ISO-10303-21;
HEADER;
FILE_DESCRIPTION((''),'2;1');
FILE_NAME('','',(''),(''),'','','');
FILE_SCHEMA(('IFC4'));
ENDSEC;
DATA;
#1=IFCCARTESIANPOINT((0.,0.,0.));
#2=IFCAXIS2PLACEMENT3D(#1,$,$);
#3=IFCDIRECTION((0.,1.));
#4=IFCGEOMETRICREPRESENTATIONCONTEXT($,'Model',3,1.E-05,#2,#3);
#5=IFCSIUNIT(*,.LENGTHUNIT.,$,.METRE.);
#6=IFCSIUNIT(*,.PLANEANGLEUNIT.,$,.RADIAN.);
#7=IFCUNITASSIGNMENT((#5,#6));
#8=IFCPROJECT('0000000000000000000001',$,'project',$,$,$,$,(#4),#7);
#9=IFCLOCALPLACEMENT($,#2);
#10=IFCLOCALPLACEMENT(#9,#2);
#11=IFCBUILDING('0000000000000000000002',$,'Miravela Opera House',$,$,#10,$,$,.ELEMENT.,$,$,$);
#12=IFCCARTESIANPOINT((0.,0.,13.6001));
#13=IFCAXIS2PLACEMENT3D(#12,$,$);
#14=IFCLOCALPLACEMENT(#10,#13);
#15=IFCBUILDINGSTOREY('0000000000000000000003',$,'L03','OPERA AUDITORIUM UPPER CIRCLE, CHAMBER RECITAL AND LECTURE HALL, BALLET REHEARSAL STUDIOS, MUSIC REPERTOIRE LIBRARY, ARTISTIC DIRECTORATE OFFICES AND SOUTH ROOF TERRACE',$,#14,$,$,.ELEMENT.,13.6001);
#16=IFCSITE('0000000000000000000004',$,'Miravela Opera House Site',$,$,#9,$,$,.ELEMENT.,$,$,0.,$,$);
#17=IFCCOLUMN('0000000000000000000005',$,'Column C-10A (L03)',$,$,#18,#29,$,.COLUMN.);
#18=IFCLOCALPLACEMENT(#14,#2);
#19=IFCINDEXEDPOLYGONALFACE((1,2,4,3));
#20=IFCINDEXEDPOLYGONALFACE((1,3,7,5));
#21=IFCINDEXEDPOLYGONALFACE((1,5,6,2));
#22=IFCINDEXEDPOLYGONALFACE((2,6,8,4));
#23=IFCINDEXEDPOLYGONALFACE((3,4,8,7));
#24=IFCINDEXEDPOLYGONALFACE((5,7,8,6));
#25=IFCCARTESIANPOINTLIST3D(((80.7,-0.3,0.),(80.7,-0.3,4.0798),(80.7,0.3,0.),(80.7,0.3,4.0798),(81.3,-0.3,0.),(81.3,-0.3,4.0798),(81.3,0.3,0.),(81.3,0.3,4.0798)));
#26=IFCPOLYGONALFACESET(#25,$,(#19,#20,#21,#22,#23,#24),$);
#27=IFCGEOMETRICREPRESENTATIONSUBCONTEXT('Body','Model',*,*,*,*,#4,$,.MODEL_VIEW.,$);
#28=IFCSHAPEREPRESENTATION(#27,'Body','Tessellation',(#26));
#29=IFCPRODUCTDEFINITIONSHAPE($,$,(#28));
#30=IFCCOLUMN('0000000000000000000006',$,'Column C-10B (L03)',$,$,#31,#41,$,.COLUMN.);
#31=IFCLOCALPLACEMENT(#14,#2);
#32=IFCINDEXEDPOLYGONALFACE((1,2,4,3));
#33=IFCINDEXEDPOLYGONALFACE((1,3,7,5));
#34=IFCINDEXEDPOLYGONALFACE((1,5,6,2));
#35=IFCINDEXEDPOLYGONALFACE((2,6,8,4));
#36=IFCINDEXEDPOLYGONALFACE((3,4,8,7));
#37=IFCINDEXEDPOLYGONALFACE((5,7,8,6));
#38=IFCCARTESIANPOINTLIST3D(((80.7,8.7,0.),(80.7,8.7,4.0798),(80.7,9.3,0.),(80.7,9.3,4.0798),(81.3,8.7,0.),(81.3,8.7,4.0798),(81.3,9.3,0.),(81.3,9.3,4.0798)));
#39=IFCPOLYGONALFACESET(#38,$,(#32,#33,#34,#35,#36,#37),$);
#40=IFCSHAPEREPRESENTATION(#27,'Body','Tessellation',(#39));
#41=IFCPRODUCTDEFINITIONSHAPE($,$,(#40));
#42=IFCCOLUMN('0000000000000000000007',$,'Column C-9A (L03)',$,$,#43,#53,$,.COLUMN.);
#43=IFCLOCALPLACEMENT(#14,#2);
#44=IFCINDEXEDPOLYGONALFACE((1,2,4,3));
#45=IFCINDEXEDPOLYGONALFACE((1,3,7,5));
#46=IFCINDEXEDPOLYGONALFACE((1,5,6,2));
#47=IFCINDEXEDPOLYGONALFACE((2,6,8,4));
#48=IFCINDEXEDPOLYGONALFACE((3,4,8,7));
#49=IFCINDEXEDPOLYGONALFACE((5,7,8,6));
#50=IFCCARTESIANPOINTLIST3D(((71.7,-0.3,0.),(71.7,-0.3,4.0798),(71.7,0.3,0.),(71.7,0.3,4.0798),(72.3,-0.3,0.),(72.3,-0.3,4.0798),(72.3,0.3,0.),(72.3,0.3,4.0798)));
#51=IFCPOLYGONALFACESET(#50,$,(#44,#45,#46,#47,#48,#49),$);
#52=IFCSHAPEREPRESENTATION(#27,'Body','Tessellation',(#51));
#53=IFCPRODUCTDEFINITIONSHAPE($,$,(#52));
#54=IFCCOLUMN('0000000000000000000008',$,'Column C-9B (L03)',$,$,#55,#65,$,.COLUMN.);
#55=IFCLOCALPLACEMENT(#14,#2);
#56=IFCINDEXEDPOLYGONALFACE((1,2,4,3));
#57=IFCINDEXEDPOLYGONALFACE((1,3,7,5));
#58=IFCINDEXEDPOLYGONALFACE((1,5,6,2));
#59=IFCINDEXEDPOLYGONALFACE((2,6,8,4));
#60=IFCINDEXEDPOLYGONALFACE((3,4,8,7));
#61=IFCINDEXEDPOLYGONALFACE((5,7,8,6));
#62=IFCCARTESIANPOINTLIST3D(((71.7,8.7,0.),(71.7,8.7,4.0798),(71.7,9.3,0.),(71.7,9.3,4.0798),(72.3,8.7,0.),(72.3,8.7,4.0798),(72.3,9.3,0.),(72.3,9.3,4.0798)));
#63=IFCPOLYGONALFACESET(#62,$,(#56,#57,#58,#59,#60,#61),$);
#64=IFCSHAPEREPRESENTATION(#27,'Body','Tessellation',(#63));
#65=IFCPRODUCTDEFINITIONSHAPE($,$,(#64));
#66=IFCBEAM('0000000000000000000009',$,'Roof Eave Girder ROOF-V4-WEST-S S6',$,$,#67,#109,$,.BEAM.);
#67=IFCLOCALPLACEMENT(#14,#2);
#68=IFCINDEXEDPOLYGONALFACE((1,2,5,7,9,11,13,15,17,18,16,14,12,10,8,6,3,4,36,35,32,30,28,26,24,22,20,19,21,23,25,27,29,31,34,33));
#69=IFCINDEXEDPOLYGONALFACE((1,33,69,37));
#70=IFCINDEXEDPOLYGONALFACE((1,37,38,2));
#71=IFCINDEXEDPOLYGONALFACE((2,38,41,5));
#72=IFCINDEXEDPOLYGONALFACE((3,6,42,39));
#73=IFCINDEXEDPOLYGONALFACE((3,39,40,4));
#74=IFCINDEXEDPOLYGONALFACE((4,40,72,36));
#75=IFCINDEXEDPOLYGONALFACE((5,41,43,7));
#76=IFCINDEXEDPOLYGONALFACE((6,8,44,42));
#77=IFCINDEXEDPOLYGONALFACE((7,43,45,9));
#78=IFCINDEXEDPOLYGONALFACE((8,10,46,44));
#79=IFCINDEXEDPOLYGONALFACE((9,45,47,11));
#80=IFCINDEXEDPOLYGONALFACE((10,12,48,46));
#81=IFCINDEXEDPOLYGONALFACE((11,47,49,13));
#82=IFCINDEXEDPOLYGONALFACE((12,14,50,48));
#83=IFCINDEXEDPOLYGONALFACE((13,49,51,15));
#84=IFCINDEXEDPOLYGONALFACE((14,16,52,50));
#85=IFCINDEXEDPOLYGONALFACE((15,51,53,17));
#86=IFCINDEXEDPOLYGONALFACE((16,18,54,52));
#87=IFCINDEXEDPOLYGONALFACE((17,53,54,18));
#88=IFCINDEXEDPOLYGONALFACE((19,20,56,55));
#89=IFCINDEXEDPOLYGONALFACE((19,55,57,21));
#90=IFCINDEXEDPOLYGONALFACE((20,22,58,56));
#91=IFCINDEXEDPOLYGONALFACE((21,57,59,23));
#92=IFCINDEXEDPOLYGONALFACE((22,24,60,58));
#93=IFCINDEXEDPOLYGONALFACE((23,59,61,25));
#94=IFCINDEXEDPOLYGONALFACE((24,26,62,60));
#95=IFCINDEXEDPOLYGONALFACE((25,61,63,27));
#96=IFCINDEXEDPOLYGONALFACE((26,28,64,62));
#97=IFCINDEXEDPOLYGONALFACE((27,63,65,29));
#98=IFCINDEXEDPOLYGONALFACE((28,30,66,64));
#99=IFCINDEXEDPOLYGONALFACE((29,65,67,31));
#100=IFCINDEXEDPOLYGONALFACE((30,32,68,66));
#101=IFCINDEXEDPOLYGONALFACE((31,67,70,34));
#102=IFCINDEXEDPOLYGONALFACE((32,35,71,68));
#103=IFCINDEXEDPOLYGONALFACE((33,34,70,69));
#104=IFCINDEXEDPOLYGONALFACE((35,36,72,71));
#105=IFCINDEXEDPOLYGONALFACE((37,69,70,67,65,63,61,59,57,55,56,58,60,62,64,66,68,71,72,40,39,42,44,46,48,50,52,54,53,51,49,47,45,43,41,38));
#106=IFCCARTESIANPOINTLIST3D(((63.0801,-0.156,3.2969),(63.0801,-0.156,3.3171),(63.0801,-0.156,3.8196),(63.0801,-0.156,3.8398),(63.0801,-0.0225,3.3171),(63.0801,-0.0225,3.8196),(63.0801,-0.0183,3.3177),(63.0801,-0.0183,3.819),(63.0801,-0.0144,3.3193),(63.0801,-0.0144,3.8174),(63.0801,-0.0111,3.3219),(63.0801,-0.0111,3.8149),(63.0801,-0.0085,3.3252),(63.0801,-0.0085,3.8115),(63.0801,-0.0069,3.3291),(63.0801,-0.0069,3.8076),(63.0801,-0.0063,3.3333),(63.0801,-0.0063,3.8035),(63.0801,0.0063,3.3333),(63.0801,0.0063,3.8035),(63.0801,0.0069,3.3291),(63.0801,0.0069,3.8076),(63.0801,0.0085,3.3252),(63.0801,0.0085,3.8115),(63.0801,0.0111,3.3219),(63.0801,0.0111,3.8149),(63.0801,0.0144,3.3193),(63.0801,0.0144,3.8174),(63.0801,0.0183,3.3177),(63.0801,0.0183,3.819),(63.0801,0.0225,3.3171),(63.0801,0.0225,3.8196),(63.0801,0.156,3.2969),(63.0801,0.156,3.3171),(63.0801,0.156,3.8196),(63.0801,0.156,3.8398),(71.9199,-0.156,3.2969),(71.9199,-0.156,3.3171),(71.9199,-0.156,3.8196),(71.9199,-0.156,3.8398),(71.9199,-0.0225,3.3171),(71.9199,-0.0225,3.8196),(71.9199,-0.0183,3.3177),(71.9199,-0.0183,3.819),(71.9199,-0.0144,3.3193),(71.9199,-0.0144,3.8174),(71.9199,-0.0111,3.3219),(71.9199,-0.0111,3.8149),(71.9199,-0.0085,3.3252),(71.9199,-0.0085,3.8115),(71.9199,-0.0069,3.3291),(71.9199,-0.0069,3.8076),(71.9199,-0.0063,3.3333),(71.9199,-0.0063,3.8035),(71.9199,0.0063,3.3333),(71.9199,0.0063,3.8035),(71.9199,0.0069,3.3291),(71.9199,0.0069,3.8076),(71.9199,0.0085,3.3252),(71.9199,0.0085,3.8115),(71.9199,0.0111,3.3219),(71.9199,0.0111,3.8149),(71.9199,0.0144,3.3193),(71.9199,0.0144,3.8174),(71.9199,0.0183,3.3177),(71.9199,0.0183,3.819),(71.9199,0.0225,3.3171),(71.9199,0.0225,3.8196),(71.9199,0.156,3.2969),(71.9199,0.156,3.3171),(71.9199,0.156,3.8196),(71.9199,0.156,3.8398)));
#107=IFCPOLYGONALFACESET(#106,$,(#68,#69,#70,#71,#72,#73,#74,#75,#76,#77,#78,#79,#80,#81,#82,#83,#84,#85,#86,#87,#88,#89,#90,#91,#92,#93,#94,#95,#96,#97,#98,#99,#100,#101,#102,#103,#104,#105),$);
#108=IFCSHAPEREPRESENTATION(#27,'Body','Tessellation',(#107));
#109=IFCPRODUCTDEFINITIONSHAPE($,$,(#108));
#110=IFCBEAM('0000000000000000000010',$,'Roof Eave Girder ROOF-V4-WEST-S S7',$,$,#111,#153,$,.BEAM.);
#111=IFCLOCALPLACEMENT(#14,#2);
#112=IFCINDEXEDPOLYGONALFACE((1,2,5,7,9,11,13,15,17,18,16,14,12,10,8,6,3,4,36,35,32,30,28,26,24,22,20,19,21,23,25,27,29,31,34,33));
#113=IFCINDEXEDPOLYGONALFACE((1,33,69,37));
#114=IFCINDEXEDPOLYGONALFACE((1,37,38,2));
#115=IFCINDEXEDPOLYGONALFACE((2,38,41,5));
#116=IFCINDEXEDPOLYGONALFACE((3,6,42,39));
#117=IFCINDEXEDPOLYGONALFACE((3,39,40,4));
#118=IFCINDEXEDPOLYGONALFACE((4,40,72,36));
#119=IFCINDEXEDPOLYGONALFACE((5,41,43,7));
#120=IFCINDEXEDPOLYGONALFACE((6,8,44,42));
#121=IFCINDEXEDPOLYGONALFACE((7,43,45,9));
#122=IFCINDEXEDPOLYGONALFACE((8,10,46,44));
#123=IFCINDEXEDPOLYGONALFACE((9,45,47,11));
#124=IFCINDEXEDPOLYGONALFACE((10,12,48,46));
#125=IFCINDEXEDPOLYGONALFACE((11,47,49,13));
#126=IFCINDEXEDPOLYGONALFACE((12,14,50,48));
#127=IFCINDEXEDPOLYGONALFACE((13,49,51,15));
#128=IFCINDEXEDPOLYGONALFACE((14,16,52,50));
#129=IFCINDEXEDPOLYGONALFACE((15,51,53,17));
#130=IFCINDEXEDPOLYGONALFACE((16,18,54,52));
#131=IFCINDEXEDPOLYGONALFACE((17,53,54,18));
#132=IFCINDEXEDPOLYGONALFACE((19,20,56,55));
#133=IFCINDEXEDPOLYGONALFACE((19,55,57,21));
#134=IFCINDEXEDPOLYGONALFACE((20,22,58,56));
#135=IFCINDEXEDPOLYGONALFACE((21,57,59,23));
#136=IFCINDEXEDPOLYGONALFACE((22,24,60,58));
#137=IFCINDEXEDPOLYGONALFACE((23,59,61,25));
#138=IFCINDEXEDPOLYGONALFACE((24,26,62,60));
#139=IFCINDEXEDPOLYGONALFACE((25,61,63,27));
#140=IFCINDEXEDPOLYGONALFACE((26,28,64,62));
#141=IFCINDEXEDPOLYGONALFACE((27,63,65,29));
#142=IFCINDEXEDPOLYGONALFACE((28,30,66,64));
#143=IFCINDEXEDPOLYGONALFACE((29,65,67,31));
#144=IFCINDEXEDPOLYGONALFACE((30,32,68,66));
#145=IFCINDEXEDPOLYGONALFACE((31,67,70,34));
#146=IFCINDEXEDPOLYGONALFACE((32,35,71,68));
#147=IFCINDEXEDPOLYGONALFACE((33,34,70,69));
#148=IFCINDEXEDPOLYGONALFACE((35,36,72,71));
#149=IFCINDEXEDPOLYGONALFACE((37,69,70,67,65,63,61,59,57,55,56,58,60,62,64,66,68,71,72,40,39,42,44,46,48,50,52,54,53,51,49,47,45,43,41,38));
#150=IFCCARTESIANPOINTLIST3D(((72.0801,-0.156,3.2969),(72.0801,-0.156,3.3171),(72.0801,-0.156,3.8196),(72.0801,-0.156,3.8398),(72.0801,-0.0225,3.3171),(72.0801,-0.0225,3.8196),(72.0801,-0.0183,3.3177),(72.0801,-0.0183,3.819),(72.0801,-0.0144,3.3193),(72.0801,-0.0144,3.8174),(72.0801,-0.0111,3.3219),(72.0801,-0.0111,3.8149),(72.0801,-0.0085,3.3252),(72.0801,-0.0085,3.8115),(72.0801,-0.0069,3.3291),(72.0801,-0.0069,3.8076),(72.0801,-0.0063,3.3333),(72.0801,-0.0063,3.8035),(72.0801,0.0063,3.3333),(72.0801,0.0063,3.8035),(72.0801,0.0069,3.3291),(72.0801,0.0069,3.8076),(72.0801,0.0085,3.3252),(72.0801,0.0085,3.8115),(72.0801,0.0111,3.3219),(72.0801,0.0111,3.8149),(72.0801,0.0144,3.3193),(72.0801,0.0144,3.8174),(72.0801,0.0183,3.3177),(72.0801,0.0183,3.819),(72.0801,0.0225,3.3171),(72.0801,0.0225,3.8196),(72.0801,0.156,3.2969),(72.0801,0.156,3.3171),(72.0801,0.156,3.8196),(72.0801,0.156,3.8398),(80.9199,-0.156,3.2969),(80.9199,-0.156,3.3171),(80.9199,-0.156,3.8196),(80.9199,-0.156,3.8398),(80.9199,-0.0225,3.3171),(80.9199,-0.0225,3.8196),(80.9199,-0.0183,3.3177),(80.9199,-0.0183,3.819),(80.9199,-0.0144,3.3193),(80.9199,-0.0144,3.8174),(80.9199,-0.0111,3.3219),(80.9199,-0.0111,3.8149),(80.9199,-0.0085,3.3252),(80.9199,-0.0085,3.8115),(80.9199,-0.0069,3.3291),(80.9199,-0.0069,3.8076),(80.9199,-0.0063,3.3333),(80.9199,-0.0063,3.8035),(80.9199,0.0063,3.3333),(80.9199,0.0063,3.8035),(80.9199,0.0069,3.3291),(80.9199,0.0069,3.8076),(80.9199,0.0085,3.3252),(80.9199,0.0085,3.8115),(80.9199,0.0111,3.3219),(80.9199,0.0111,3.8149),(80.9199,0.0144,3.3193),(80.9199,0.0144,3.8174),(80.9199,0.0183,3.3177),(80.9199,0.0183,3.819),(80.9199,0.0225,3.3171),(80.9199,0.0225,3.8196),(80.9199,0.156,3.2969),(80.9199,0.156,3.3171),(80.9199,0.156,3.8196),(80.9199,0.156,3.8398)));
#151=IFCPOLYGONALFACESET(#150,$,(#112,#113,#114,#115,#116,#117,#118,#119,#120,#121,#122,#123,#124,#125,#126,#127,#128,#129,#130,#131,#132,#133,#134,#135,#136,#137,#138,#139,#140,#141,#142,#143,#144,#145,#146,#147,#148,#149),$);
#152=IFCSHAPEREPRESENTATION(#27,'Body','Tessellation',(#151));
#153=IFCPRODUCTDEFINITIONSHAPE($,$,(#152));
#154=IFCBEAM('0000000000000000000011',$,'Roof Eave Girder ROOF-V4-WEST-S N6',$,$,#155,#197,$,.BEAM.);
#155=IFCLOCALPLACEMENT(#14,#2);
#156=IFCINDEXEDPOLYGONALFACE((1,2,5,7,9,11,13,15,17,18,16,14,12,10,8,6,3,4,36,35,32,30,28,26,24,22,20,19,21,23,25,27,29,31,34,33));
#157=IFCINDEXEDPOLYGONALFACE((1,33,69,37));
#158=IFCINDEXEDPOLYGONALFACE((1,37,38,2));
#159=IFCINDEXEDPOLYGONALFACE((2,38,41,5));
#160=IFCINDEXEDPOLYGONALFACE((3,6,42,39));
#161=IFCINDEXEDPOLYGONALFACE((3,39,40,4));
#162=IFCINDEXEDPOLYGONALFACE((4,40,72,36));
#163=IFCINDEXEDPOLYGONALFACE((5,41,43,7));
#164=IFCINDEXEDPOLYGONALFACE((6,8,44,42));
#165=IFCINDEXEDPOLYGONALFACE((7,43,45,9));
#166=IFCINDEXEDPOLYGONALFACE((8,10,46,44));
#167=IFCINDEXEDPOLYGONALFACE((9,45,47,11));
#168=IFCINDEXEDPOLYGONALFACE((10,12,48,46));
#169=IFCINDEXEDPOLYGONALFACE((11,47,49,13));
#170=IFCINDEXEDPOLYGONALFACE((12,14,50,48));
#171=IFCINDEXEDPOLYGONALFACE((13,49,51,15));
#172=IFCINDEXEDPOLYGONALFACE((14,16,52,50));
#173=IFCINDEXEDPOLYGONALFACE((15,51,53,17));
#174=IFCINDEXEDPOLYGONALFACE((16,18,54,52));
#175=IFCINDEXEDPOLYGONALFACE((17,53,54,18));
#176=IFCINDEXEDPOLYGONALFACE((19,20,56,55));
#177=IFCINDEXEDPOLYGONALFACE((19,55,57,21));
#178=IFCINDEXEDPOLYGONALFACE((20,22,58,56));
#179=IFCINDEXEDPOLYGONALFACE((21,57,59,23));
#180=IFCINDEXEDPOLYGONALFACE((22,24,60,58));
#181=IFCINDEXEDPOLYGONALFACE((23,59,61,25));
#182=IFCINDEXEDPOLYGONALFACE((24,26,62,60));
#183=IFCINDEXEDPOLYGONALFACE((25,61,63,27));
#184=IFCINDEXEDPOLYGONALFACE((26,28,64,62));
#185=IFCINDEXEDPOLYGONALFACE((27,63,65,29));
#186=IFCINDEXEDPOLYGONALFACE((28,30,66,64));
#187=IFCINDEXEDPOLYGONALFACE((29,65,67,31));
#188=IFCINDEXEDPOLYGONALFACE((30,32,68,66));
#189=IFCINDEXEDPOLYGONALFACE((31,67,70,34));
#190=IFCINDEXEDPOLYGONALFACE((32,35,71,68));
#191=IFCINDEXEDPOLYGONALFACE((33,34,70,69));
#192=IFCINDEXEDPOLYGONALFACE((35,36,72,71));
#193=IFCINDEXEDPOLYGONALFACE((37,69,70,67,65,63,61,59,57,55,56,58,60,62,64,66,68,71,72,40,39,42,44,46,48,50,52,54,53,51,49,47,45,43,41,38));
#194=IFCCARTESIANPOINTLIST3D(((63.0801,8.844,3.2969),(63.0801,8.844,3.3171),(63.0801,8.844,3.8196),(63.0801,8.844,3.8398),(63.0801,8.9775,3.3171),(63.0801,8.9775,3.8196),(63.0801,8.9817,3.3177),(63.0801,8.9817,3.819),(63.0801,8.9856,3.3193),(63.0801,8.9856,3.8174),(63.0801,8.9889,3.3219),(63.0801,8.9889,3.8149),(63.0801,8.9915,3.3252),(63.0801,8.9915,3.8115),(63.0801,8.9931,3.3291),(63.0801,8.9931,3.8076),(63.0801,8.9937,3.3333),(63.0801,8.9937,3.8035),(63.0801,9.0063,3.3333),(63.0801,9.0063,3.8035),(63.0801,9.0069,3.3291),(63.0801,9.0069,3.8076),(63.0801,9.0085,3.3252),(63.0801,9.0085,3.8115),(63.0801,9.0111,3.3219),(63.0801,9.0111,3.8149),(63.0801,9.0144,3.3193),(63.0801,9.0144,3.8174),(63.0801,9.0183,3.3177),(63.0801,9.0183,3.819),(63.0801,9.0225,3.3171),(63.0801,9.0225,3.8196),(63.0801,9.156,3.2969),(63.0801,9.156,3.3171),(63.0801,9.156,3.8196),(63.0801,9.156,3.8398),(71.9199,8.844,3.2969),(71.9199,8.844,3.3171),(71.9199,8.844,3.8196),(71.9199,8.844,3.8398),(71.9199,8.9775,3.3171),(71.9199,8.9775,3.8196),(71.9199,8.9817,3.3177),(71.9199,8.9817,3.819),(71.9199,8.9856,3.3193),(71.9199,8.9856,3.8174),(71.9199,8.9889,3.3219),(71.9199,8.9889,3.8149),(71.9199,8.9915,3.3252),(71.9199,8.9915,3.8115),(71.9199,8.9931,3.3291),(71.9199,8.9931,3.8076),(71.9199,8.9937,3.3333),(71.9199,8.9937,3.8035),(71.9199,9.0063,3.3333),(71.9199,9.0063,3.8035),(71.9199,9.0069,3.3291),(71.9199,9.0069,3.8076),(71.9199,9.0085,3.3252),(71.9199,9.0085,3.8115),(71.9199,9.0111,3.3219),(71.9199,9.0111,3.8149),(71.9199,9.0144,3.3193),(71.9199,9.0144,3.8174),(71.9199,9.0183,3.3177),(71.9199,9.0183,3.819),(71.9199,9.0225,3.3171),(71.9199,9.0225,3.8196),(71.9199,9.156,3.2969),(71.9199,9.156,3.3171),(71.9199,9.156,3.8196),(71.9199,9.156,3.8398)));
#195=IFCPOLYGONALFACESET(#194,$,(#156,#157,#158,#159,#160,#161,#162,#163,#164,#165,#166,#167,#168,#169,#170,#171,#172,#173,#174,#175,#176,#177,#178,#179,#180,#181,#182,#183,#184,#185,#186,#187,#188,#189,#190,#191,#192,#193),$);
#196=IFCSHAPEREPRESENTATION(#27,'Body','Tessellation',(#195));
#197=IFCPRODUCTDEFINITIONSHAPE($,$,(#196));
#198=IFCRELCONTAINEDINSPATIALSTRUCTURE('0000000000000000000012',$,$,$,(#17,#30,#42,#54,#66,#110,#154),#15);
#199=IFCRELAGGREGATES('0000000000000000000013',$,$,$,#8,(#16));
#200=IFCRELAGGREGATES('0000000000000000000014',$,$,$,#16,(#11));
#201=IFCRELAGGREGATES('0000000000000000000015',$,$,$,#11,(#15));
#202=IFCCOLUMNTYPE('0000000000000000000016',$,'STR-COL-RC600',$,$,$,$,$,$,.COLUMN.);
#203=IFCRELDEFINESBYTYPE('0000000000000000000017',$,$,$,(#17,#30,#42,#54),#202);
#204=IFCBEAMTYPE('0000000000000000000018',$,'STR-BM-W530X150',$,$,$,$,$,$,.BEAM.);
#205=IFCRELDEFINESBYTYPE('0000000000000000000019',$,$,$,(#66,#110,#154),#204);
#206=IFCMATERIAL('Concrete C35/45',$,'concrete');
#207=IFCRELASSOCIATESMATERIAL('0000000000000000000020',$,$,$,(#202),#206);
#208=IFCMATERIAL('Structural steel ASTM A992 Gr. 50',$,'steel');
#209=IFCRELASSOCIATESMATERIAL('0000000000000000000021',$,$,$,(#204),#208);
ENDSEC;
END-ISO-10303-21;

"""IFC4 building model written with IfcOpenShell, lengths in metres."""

from ifc_helpers import new_model, si_unit, direction, frame, origin, origin_2d, place, context, subcontext, project, spatial, rectangle, i_section, extrude, material, material_profile, profile_set, type_object, element, save


model = new_model("IFC4")

# Units and contexts
model_context = context("Model", 3, precision=1e-05, world=origin(), true_north=direction((0.0, 1.0)))
body_context = subcontext(model_context, "Body", "Model", "MODEL_VIEW")
ifc_project = project(units=[si_unit("LENGTHUNIT", "METRE"), si_unit("PLANEANGLEUNIT", "RADIAN")], contexts=[model_context])

# Site, building, storey
site_placement = place(None, origin())
site = spatial("IfcSite", under=ifc_project, at=site_placement, Name="Miravela Opera House Site", CompositionType="ELEMENT", RefElevation=0.0)
building_placement = place(site_placement, origin())
building = spatial("IfcBuilding", under=site, at=building_placement, Name="Miravela Opera House", CompositionType="ELEMENT")
storey_placement = place(building_placement, frame((0.0, 0.0, 13.6001)))
storey = spatial("IfcBuildingStorey", under=building, at=storey_placement, Name="L03", Description="OPERA AUDITORIUM UPPER CIRCLE, CHAMBER RECITAL AND LECTURE HALL, BALLET REHEARSAL STUDIOS, MUSIC REPERTOIRE LIBRARY, ARTISTIC DIRECTORATE OFFICES AND SOUTH ROOF TERRACE", CompositionType="ELEMENT", Elevation=13.6001)

# Columns
ifc_material_1 = material(Name="Concrete C35/45", Category="concrete")
ifc_material_profile_1 = material_profile(ifc_material_1, rectangle(XDim=0.6001, YDim=0.6001, at=origin_2d()), Name="RC-COL-600X600")
ifc_profile_set_1 = profile_set([ifc_material_profile_1])
column_type = type_object("IfcColumnType", Name="STR-COL-RC600", PredefinedType="COLUMN", material=ifc_profile_set_1)
for number, where, z_axis, x_axis, name in (
    (1, (81.0, 0.0, 0.0), (0.0, 0.0, 1.0), (1.0, 0.0, 0.0), "Column C-10A (L03)"),
    (2, (81.0, 9.0, 0.0), (0.0, 0.0, 1.0), (1.0, 0.0, 0.0), "Column C-10B (L03)"),
    (3, (72.0, 0.0, 0.0), (0.0, 0.0, 1.0), (1.0, 0.0, 0.0), "Column C-9A (L03)"),
    (4, (72.0, 9.0, 0.0), (0.0, 0.0, 1.0), (1.0, 0.0, 0.0), "Column C-9B (L03)"),
):
    element("IfcColumn", number, at=place(storey_placement, frame(where, z_axis=z_axis, x_axis=x_axis)), inside=storey, type_object=column_type, Name=name, PredefinedType="COLUMN", context=body_context, shape_type="SweptSolid", body=[
        extrude(rectangle(XDim=0.6001, YDim=0.6001, at=origin_2d()), origin(), (0.0, 0.0, 1.0), 4.0798),
    ])

# Beams
ifc_material_2 = material(Name="Structural steel ASTM A992 Gr. 50", Category="steel")
ifc_material_profile_2 = material_profile(ifc_material_2, i_section(OverallWidth=0.312, OverallDepth=0.543, WebThickness=0.0127, FlangeThickness=0.0203, FilletRadius=0.0161, at=origin_2d()), Name="W530X150")
ifc_profile_set_2 = profile_set([ifc_material_profile_2])
beam_type = type_object("IfcBeamType", Name="STR-BM-W530X150", PredefinedType="BEAM", material=ifc_profile_set_2)
for number, where, z_axis, x_axis, name in (
    (5, (63.0801, 0.0, 3.5684), (1.0, 0.0, 0.0), (0.0, 1.0, 0.0), "Roof Eave Girder ROOF-V4-WEST-S S6"),
    (6, (72.0801, 0.0, 3.5684), (1.0, 0.0, 0.0), (0.0, 1.0, 0.0), "Roof Eave Girder ROOF-V4-WEST-S S7"),
    (7, (63.0801, 9.0, 3.5684), (1.0, 0.0, 0.0), (0.0, 1.0, 0.0), "Roof Eave Girder ROOF-V4-WEST-S N6"),
):
    element("IfcBeam", number, at=place(storey_placement, frame(where, z_axis=z_axis, x_axis=x_axis)), inside=storey, type_object=beam_type, Name=name, PredefinedType="BEAM", context=body_context, shape_type="SweptSolid", body=[
        extrude(i_section(OverallWidth=0.312, OverallDepth=0.543, WebThickness=0.0127, FlangeThickness=0.0203, FilletRadius=0.0161, at=origin_2d()), origin(), (0.0, 0.0, 1.0), 8.8398),
    ])

save(model, "model.ifc")
